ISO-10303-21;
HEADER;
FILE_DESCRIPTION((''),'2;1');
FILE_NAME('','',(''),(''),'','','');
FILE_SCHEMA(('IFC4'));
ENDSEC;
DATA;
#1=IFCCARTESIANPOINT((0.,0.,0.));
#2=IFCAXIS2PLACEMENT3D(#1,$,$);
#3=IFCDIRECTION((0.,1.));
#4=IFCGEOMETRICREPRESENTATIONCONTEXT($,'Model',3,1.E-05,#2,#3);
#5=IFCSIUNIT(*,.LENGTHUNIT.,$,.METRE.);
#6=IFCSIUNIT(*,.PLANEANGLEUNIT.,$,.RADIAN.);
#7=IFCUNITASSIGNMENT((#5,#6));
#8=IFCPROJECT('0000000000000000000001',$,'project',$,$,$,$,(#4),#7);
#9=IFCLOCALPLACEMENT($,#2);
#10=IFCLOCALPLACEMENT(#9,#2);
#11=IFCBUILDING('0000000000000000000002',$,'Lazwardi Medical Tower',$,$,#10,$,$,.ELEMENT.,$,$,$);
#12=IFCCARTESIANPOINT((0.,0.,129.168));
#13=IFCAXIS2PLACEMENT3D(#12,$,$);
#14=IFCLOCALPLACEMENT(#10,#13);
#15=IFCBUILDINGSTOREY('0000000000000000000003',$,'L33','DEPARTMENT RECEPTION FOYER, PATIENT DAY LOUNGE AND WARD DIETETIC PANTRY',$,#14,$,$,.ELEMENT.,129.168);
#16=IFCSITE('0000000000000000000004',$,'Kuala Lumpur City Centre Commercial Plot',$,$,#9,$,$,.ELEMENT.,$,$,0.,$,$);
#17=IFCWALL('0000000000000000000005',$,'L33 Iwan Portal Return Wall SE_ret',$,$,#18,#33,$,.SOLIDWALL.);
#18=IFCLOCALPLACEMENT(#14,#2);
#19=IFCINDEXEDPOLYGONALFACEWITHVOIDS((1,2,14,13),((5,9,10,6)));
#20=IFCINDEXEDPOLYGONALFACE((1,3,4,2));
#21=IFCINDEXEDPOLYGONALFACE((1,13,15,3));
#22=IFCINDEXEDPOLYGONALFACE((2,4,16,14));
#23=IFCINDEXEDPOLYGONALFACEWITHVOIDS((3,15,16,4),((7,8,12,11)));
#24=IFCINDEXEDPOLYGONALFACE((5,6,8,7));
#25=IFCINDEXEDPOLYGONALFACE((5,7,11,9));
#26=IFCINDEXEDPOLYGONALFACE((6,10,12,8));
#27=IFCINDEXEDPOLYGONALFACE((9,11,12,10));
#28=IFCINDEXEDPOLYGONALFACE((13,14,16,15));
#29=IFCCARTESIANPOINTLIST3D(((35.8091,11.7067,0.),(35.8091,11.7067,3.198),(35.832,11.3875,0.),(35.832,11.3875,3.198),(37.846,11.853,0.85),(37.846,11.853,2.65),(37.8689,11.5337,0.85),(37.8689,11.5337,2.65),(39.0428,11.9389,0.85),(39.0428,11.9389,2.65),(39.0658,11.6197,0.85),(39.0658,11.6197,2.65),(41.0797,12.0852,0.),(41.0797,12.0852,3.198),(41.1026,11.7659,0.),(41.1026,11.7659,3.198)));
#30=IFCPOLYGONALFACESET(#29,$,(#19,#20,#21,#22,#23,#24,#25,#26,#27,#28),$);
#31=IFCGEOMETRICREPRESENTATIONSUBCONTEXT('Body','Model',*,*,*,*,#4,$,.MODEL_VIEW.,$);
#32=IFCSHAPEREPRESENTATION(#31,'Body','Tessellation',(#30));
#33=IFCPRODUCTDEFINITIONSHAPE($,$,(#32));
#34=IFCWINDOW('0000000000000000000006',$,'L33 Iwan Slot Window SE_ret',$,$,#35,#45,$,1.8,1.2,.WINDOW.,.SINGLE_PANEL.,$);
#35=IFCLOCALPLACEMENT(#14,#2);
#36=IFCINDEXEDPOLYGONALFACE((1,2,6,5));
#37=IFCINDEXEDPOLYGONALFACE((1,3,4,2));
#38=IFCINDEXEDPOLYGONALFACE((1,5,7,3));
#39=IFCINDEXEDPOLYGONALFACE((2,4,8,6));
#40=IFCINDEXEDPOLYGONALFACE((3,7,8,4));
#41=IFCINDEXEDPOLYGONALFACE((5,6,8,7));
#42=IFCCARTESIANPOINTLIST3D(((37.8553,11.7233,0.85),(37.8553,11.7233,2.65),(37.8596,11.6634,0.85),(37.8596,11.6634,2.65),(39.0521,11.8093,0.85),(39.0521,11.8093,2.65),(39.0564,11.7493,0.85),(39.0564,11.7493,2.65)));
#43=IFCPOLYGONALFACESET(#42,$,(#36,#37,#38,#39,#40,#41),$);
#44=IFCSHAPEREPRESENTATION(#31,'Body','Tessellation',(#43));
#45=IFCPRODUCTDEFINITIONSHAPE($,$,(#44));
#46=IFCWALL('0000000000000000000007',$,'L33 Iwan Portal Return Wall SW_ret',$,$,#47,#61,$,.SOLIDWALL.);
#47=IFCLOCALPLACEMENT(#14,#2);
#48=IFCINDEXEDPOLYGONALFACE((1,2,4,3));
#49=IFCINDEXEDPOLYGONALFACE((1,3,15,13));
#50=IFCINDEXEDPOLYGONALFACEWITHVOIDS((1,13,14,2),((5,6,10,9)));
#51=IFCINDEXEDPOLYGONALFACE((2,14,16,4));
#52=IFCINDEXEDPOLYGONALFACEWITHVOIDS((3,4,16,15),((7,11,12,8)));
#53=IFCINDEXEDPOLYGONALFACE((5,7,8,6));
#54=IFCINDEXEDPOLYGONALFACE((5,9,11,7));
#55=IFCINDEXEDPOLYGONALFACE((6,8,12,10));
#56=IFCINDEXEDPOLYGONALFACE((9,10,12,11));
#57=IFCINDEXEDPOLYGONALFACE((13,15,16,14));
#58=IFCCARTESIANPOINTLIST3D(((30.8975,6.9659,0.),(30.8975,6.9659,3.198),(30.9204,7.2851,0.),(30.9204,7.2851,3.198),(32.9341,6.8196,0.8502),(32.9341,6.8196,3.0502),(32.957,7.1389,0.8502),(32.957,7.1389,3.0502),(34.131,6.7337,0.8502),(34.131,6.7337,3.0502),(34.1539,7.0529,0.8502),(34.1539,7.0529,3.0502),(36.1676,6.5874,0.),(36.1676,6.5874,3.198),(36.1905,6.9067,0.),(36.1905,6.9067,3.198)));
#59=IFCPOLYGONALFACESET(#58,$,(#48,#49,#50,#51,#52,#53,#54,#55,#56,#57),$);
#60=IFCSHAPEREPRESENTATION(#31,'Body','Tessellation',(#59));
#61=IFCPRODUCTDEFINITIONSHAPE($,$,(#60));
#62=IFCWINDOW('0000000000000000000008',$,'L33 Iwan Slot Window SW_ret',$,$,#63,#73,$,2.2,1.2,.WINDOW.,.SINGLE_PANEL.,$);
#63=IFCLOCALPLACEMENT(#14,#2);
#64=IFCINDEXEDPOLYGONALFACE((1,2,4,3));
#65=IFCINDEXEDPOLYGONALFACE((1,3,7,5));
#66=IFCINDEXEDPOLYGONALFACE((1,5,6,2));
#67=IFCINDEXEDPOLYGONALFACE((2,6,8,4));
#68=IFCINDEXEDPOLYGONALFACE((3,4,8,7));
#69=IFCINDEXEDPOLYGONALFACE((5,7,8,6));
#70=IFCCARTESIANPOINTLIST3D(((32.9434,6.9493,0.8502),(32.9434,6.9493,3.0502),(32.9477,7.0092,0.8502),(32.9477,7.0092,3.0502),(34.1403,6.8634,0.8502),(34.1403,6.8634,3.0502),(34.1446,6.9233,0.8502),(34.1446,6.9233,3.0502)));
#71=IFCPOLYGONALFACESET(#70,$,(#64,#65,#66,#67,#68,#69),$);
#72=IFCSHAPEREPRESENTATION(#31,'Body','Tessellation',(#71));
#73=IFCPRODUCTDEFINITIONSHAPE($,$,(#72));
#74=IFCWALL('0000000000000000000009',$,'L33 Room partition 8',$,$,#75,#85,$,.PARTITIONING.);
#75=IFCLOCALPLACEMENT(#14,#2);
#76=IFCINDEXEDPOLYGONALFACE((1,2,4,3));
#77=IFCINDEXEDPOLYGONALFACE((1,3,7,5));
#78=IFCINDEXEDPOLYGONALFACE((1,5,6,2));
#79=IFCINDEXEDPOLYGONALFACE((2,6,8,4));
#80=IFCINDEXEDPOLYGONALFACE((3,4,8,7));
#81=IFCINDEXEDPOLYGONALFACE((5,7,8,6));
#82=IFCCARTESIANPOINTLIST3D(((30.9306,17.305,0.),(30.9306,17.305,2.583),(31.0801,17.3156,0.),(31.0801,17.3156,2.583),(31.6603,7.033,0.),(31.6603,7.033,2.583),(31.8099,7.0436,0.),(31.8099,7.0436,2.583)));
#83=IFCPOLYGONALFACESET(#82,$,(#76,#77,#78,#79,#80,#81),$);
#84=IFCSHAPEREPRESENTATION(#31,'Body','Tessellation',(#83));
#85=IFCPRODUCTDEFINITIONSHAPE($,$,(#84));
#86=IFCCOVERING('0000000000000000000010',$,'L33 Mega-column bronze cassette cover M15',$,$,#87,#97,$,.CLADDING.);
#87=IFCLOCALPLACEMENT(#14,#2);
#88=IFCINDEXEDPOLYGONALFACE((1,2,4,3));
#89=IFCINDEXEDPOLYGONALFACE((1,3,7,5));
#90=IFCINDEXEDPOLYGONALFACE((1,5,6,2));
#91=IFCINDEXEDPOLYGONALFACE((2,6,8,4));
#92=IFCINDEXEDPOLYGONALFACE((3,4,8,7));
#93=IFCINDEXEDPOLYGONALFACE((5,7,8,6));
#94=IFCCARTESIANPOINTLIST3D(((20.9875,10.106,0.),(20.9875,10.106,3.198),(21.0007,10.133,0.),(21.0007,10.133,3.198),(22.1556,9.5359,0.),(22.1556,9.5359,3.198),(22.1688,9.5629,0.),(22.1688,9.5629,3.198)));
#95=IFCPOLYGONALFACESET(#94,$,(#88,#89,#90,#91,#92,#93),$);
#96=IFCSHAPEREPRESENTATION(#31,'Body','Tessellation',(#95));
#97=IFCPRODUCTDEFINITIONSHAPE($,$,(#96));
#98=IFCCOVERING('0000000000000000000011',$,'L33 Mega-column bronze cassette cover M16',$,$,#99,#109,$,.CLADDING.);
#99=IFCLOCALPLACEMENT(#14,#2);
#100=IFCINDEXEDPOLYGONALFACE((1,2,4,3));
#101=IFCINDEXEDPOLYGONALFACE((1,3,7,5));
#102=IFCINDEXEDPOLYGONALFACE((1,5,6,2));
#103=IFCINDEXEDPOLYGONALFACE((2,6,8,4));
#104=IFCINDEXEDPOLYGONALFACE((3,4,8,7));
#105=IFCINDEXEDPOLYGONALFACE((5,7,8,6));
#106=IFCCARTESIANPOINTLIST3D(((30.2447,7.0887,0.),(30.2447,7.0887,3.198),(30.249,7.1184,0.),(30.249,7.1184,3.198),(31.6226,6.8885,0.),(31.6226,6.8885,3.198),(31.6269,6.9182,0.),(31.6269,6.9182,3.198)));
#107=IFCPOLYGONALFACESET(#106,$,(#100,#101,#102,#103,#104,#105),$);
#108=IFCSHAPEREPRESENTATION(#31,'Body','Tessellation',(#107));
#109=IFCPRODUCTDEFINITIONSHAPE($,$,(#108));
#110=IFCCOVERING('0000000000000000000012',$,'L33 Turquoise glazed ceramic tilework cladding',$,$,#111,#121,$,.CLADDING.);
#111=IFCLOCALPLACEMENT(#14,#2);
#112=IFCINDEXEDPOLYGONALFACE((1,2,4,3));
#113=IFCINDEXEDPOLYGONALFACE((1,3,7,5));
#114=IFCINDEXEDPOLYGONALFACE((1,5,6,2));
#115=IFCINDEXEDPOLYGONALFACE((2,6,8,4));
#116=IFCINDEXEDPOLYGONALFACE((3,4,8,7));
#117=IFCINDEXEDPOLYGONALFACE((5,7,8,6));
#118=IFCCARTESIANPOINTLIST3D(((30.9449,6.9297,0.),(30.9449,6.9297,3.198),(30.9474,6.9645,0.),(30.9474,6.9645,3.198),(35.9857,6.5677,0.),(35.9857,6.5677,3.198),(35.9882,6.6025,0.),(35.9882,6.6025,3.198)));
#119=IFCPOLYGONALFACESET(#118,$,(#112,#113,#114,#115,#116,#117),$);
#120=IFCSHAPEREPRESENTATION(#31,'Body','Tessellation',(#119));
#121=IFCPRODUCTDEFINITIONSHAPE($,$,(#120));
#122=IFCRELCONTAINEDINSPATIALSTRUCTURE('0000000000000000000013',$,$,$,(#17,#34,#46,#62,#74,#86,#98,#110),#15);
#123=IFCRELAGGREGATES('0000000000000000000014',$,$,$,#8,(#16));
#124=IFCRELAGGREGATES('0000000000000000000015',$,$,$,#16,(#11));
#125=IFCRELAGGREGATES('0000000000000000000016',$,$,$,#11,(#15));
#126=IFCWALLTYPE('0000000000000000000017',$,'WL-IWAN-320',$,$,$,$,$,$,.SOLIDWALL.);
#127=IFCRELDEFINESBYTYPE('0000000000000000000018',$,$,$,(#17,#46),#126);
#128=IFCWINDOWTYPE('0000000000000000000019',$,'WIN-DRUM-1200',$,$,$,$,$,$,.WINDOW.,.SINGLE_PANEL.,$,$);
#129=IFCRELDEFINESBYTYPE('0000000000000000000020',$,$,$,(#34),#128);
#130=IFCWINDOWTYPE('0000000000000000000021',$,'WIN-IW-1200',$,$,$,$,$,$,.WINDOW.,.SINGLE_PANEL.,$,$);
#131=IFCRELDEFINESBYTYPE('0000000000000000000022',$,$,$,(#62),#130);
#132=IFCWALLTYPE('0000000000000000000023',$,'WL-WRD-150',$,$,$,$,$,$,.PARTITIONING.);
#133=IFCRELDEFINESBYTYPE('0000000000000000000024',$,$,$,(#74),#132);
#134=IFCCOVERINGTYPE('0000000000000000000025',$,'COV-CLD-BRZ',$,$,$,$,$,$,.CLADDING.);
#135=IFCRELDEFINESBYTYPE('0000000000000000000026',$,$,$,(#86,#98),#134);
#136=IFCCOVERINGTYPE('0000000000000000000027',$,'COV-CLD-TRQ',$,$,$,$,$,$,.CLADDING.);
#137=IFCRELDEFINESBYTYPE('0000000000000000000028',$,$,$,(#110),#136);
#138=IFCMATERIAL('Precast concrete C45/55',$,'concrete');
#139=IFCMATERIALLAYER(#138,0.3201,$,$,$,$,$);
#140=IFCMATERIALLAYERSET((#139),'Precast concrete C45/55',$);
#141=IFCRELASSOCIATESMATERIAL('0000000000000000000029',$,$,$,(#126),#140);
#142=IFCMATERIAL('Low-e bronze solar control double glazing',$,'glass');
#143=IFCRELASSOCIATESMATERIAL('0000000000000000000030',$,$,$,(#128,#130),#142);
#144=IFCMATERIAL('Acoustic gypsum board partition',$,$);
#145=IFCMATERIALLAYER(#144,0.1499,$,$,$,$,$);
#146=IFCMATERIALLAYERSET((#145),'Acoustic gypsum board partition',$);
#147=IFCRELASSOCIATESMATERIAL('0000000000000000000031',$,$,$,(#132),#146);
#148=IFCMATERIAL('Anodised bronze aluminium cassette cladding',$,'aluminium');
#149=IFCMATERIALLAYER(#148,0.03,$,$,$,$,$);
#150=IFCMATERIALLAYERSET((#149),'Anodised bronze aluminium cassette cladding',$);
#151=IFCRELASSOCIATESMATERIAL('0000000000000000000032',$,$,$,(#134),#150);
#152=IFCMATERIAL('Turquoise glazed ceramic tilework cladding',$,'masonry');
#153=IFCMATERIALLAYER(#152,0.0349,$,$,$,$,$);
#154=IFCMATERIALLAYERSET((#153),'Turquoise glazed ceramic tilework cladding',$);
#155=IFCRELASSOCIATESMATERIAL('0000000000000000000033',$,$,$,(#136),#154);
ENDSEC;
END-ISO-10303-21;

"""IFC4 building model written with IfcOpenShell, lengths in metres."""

from ifc_helpers import new_model, si_unit, direction, frame, frame_2d, origin, origin_2d, place, context, subcontext, project, spatial, rectangle, extrude, material, layer, layer_set, type_object, element, fill, save


model = new_model("IFC4")

# Units and contexts
model_context = context("Model", 3, precision=1e-05, world=origin(), true_north=direction((0.0, 1.0)))
body_context = subcontext(model_context, "Body", "Model", "MODEL_VIEW")
ifc_project = project(units=[si_unit("LENGTHUNIT", "METRE"), si_unit("PLANEANGLEUNIT", "RADIAN")], contexts=[model_context])

# Site, building, storey
site_placement = place(None, origin())
site = spatial("IfcSite", under=ifc_project, at=site_placement, Name="Kuala Lumpur City Centre Commercial Plot", CompositionType="ELEMENT", RefElevation=0.0)
building_placement = place(site_placement, origin())
building = spatial("IfcBuilding", under=site, at=building_placement, Name="Lazwardi Medical Tower", CompositionType="ELEMENT")
storey_placement = place(building_placement, frame((0.0, 0.0, 129.168)))
storey = spatial("IfcBuildingStorey", under=building, at=storey_placement, Name="L33", Description="DEPARTMENT RECEPTION FOYER, PATIENT DAY LOUNGE AND WARD DIETETIC PANTRY", CompositionType="ELEMENT", Elevation=129.168)

# Shared definitions
ifc_material_1 = material(Name="Low-e bronze solar control double glazing", Category="glass")

# Walls, openings, windows
ifc_material_2 = material(Name="Precast concrete C45/55", Category="concrete")
ifc_layer_1 = layer(ifc_material_2, 0.3201)
ifc_layer_set_1 = layer_set([ifc_layer_1], Name="Precast concrete C45/55")
wall_type_1 = type_object("IfcWallType", Name="WL-IWAN-320", PredefinedType="SOLIDWALL", material=ifc_layer_set_1)
wall_1_placement = place(storey_placement, frame((35.8206, 11.5471, 0.0), z_axis=(0.0, 0.0, 1.0), x_axis=(0.997432, 0.071615, 0.0)))
wall_1 = element("IfcWall", 1, at=wall_1_placement, inside=storey, type_object=wall_type_1, Name="L33 Iwan Portal Return Wall SE_ret", PredefinedType="SOLIDWALL", context=body_context, shape_type="SweptSolid", body=[
    extrude(rectangle(XDim=5.2842, YDim=0.3201, at=frame_2d((2.6421, 0.0))), origin(), (0.0, 0.0, 1.0), 3.198),
])
opening_1_placement = place(wall_1_placement, frame((2.042, 0.0, 0.8501)))
opening_1 = element("IfcOpeningElement", 2, at=opening_1_placement, cuts=wall_1, PredefinedType="OPENING", context=body_context, shape_type="SweptSolid", body=[
    extrude(rectangle(XDim=1.2, YDim=1.8, at=frame_2d((0.6001, 0.8999))), frame((0.0, 0.1699, 0.0), z_axis=(0.0, -1.0, 0.0), x_axis=(1.0, 0.0, 0.0)), (0.0, 0.0, 1.0), 0.3401),
])
window_type_1 = type_object("IfcWindowType", Name="WIN-DRUM-1200", PartitioningType="SINGLE_PANEL", PredefinedType="WINDOW", material=ifc_material_1)
window_1_placement = place(opening_1_placement, origin())
window_1 = element("IfcWindow", 3, at=window_1_placement, inside=storey, type_object=window_type_1, Name="L33 Iwan Slot Window SE_ret", OverallHeight=1.8, OverallWidth=1.2, PartitioningType="SINGLE_PANEL", PredefinedType="WINDOW", context=body_context, shape_type="SweptSolid", body=[
    extrude(rectangle(XDim=1.2, YDim=1.8, at=frame_2d((0.6001, 0.8999))), frame((0.0, 0.03, 0.0), z_axis=(0.0, -1.0, 0.0), x_axis=(1.0, 0.0, 0.0)), (0.0, 0.0, 1.0), 0.0601),
])
fill(opening_1, window_1)
wall_2_placement = place(storey_placement, frame((30.9089, 7.1255, 0.0), z_axis=(0.0, 0.0, 1.0), x_axis=(0.997432, -0.071621, 0.0)))
wall_2 = element("IfcWall", 4, at=wall_2_placement, inside=storey, type_object=wall_type_1, Name="L33 Iwan Portal Return Wall SW_ret", PredefinedType="SOLIDWALL", context=body_context, shape_type="SweptSolid", body=[
    extrude(rectangle(XDim=5.2837, YDim=0.3201, at=frame_2d((2.6418, 0.0))), origin(), (0.0, 0.0, 1.0), 3.198),
])
opening_2_placement = place(wall_2_placement, frame((2.0417, 0.0, 0.8501)))
opening_2 = element("IfcOpeningElement", 5, at=opening_2_placement, cuts=wall_2, PredefinedType="OPENING", context=body_context, shape_type="SweptSolid", body=[
    extrude(rectangle(XDim=1.2, YDim=2.2, at=frame_2d((0.6001, 1.1001))), frame((0.0, 0.1699, 0.0), z_axis=(0.0, -1.0, 0.0), x_axis=(1.0, 0.0, 0.0)), (0.0, 0.0, 1.0), 0.3401),
])
window_type_2 = type_object("IfcWindowType", Name="WIN-IW-1200", PartitioningType="SINGLE_PANEL", PredefinedType="WINDOW", material=ifc_material_1)
window_2_placement = place(opening_2_placement, origin())
window_2 = element("IfcWindow", 6, at=window_2_placement, inside=storey, type_object=window_type_2, Name="L33 Iwan Slot Window SW_ret", OverallHeight=2.2, OverallWidth=1.2, PartitioningType="SINGLE_PANEL", PredefinedType="WINDOW", context=body_context, shape_type="SweptSolid", body=[
    extrude(rectangle(XDim=1.2, YDim=2.2, at=frame_2d((0.6001, 1.1001))), frame((0.0, 0.03, 0.0), z_axis=(0.0, -1.0, 0.0), x_axis=(1.0, 0.0, 0.0)), (0.0, 0.0, 1.0), 0.0601),
])
fill(opening_2, window_2)

# Wall
ifc_material_3 = material(Name="Acoustic gypsum board partition")
ifc_layer_2 = layer(ifc_material_3, 0.1499)
ifc_layer_set_2 = layer_set([ifc_layer_2], Name="Acoustic gypsum board partition")
wall_type_2 = type_object("IfcWallType", Name="WL-WRD-150", PredefinedType="PARTITIONING", material=ifc_layer_set_2)
wall_3_placement = place(storey_placement, frame((31.7351, 7.0383, 0.0), z_axis=(0.0, 0.0, 1.0), x_axis=(-0.070863, 0.997486, 0.0)))
element("IfcWall", 7, at=wall_3_placement, inside=storey, type_object=wall_type_2, Name="L33 Room partition 8", PredefinedType="PARTITIONING", context=body_context, shape_type="SweptSolid", body=[
    extrude(rectangle(XDim=10.2979, YDim=0.1499, at=frame_2d((5.1489, 0.0))), origin(), (0.0, 0.0, 1.0), 2.583),
])

# Coverings
ifc_material_4 = material(Name="Anodised bronze aluminium cassette cladding", Category="aluminium")
ifc_layer_3 = layer(ifc_material_4, 0.03)
ifc_layer_set_3 = layer_set([ifc_layer_3], Name="Anodised bronze aluminium cassette cladding")
covering_type_1 = type_object("IfcCoveringType", Name="COV-CLD-BRZ", PredefinedType="CLADDING", material=ifc_layer_set_3)
covering_1_placement = place(storey_placement, frame((21.5781, 9.8345, 0.0), z_axis=(0.0, 0.0, 1.0), x_axis=(0.898679, -0.438606, 0.0)))
element("IfcCovering", 8, at=covering_1_placement, inside=storey, type_object=covering_type_1, Name="L33 Mega-column bronze cassette cover M15", PredefinedType="CLADDING", context=body_context, shape_type="SweptSolid", body=[
    extrude(rectangle(XDim=1.2998, YDim=0.03, at=origin_2d()), origin(), (0.0, 0.0, 1.0), 3.198),
])
covering_2_placement = place(storey_placement, frame((30.9358, 7.0034, 0.0), z_axis=(0.0, 0.0, 1.0), x_axis=(0.989609, -0.143785, 0.0)))
element("IfcCovering", 9, at=covering_2_placement, inside=storey, type_object=covering_type_1, Name="L33 Mega-column bronze cassette cover M16", PredefinedType="CLADDING", context=body_context, shape_type="SweptSolid", body=[
    extrude(rectangle(XDim=1.3923, YDim=0.03, at=origin_2d()), origin(), (0.0, 0.0, 1.0), 3.198),
])
ifc_material_5 = material(Name="Turquoise glazed ceramic tilework cladding", Category="masonry")
ifc_layer_4 = layer(ifc_material_5, 0.0349)
ifc_layer_set_4 = layer_set([ifc_layer_4], Name="Turquoise glazed ceramic tilework cladding")
covering_type_2 = type_object("IfcCoveringType", Name="COV-CLD-TRQ", PredefinedType="CLADDING", material=ifc_layer_set_4)
covering_3_placement = place(storey_placement, frame((33.4666, 6.7661, 0.0), z_axis=(0.0, 0.0, 1.0), x_axis=(0.997431, -0.071631, 0.0)))
element("IfcCovering", 10, at=covering_3_placement, inside=storey, type_object=covering_type_2, Name="L33 Turquoise glazed ceramic tilework cladding", PredefinedType="CLADDING", context=body_context, shape_type="SweptSolid", body=[
    extrude(rectangle(XDim=5.0537, YDim=0.0349, at=origin_2d()), origin(), (0.0, 0.0, 1.0), 3.198),
])

save(model, "model.ifc")
